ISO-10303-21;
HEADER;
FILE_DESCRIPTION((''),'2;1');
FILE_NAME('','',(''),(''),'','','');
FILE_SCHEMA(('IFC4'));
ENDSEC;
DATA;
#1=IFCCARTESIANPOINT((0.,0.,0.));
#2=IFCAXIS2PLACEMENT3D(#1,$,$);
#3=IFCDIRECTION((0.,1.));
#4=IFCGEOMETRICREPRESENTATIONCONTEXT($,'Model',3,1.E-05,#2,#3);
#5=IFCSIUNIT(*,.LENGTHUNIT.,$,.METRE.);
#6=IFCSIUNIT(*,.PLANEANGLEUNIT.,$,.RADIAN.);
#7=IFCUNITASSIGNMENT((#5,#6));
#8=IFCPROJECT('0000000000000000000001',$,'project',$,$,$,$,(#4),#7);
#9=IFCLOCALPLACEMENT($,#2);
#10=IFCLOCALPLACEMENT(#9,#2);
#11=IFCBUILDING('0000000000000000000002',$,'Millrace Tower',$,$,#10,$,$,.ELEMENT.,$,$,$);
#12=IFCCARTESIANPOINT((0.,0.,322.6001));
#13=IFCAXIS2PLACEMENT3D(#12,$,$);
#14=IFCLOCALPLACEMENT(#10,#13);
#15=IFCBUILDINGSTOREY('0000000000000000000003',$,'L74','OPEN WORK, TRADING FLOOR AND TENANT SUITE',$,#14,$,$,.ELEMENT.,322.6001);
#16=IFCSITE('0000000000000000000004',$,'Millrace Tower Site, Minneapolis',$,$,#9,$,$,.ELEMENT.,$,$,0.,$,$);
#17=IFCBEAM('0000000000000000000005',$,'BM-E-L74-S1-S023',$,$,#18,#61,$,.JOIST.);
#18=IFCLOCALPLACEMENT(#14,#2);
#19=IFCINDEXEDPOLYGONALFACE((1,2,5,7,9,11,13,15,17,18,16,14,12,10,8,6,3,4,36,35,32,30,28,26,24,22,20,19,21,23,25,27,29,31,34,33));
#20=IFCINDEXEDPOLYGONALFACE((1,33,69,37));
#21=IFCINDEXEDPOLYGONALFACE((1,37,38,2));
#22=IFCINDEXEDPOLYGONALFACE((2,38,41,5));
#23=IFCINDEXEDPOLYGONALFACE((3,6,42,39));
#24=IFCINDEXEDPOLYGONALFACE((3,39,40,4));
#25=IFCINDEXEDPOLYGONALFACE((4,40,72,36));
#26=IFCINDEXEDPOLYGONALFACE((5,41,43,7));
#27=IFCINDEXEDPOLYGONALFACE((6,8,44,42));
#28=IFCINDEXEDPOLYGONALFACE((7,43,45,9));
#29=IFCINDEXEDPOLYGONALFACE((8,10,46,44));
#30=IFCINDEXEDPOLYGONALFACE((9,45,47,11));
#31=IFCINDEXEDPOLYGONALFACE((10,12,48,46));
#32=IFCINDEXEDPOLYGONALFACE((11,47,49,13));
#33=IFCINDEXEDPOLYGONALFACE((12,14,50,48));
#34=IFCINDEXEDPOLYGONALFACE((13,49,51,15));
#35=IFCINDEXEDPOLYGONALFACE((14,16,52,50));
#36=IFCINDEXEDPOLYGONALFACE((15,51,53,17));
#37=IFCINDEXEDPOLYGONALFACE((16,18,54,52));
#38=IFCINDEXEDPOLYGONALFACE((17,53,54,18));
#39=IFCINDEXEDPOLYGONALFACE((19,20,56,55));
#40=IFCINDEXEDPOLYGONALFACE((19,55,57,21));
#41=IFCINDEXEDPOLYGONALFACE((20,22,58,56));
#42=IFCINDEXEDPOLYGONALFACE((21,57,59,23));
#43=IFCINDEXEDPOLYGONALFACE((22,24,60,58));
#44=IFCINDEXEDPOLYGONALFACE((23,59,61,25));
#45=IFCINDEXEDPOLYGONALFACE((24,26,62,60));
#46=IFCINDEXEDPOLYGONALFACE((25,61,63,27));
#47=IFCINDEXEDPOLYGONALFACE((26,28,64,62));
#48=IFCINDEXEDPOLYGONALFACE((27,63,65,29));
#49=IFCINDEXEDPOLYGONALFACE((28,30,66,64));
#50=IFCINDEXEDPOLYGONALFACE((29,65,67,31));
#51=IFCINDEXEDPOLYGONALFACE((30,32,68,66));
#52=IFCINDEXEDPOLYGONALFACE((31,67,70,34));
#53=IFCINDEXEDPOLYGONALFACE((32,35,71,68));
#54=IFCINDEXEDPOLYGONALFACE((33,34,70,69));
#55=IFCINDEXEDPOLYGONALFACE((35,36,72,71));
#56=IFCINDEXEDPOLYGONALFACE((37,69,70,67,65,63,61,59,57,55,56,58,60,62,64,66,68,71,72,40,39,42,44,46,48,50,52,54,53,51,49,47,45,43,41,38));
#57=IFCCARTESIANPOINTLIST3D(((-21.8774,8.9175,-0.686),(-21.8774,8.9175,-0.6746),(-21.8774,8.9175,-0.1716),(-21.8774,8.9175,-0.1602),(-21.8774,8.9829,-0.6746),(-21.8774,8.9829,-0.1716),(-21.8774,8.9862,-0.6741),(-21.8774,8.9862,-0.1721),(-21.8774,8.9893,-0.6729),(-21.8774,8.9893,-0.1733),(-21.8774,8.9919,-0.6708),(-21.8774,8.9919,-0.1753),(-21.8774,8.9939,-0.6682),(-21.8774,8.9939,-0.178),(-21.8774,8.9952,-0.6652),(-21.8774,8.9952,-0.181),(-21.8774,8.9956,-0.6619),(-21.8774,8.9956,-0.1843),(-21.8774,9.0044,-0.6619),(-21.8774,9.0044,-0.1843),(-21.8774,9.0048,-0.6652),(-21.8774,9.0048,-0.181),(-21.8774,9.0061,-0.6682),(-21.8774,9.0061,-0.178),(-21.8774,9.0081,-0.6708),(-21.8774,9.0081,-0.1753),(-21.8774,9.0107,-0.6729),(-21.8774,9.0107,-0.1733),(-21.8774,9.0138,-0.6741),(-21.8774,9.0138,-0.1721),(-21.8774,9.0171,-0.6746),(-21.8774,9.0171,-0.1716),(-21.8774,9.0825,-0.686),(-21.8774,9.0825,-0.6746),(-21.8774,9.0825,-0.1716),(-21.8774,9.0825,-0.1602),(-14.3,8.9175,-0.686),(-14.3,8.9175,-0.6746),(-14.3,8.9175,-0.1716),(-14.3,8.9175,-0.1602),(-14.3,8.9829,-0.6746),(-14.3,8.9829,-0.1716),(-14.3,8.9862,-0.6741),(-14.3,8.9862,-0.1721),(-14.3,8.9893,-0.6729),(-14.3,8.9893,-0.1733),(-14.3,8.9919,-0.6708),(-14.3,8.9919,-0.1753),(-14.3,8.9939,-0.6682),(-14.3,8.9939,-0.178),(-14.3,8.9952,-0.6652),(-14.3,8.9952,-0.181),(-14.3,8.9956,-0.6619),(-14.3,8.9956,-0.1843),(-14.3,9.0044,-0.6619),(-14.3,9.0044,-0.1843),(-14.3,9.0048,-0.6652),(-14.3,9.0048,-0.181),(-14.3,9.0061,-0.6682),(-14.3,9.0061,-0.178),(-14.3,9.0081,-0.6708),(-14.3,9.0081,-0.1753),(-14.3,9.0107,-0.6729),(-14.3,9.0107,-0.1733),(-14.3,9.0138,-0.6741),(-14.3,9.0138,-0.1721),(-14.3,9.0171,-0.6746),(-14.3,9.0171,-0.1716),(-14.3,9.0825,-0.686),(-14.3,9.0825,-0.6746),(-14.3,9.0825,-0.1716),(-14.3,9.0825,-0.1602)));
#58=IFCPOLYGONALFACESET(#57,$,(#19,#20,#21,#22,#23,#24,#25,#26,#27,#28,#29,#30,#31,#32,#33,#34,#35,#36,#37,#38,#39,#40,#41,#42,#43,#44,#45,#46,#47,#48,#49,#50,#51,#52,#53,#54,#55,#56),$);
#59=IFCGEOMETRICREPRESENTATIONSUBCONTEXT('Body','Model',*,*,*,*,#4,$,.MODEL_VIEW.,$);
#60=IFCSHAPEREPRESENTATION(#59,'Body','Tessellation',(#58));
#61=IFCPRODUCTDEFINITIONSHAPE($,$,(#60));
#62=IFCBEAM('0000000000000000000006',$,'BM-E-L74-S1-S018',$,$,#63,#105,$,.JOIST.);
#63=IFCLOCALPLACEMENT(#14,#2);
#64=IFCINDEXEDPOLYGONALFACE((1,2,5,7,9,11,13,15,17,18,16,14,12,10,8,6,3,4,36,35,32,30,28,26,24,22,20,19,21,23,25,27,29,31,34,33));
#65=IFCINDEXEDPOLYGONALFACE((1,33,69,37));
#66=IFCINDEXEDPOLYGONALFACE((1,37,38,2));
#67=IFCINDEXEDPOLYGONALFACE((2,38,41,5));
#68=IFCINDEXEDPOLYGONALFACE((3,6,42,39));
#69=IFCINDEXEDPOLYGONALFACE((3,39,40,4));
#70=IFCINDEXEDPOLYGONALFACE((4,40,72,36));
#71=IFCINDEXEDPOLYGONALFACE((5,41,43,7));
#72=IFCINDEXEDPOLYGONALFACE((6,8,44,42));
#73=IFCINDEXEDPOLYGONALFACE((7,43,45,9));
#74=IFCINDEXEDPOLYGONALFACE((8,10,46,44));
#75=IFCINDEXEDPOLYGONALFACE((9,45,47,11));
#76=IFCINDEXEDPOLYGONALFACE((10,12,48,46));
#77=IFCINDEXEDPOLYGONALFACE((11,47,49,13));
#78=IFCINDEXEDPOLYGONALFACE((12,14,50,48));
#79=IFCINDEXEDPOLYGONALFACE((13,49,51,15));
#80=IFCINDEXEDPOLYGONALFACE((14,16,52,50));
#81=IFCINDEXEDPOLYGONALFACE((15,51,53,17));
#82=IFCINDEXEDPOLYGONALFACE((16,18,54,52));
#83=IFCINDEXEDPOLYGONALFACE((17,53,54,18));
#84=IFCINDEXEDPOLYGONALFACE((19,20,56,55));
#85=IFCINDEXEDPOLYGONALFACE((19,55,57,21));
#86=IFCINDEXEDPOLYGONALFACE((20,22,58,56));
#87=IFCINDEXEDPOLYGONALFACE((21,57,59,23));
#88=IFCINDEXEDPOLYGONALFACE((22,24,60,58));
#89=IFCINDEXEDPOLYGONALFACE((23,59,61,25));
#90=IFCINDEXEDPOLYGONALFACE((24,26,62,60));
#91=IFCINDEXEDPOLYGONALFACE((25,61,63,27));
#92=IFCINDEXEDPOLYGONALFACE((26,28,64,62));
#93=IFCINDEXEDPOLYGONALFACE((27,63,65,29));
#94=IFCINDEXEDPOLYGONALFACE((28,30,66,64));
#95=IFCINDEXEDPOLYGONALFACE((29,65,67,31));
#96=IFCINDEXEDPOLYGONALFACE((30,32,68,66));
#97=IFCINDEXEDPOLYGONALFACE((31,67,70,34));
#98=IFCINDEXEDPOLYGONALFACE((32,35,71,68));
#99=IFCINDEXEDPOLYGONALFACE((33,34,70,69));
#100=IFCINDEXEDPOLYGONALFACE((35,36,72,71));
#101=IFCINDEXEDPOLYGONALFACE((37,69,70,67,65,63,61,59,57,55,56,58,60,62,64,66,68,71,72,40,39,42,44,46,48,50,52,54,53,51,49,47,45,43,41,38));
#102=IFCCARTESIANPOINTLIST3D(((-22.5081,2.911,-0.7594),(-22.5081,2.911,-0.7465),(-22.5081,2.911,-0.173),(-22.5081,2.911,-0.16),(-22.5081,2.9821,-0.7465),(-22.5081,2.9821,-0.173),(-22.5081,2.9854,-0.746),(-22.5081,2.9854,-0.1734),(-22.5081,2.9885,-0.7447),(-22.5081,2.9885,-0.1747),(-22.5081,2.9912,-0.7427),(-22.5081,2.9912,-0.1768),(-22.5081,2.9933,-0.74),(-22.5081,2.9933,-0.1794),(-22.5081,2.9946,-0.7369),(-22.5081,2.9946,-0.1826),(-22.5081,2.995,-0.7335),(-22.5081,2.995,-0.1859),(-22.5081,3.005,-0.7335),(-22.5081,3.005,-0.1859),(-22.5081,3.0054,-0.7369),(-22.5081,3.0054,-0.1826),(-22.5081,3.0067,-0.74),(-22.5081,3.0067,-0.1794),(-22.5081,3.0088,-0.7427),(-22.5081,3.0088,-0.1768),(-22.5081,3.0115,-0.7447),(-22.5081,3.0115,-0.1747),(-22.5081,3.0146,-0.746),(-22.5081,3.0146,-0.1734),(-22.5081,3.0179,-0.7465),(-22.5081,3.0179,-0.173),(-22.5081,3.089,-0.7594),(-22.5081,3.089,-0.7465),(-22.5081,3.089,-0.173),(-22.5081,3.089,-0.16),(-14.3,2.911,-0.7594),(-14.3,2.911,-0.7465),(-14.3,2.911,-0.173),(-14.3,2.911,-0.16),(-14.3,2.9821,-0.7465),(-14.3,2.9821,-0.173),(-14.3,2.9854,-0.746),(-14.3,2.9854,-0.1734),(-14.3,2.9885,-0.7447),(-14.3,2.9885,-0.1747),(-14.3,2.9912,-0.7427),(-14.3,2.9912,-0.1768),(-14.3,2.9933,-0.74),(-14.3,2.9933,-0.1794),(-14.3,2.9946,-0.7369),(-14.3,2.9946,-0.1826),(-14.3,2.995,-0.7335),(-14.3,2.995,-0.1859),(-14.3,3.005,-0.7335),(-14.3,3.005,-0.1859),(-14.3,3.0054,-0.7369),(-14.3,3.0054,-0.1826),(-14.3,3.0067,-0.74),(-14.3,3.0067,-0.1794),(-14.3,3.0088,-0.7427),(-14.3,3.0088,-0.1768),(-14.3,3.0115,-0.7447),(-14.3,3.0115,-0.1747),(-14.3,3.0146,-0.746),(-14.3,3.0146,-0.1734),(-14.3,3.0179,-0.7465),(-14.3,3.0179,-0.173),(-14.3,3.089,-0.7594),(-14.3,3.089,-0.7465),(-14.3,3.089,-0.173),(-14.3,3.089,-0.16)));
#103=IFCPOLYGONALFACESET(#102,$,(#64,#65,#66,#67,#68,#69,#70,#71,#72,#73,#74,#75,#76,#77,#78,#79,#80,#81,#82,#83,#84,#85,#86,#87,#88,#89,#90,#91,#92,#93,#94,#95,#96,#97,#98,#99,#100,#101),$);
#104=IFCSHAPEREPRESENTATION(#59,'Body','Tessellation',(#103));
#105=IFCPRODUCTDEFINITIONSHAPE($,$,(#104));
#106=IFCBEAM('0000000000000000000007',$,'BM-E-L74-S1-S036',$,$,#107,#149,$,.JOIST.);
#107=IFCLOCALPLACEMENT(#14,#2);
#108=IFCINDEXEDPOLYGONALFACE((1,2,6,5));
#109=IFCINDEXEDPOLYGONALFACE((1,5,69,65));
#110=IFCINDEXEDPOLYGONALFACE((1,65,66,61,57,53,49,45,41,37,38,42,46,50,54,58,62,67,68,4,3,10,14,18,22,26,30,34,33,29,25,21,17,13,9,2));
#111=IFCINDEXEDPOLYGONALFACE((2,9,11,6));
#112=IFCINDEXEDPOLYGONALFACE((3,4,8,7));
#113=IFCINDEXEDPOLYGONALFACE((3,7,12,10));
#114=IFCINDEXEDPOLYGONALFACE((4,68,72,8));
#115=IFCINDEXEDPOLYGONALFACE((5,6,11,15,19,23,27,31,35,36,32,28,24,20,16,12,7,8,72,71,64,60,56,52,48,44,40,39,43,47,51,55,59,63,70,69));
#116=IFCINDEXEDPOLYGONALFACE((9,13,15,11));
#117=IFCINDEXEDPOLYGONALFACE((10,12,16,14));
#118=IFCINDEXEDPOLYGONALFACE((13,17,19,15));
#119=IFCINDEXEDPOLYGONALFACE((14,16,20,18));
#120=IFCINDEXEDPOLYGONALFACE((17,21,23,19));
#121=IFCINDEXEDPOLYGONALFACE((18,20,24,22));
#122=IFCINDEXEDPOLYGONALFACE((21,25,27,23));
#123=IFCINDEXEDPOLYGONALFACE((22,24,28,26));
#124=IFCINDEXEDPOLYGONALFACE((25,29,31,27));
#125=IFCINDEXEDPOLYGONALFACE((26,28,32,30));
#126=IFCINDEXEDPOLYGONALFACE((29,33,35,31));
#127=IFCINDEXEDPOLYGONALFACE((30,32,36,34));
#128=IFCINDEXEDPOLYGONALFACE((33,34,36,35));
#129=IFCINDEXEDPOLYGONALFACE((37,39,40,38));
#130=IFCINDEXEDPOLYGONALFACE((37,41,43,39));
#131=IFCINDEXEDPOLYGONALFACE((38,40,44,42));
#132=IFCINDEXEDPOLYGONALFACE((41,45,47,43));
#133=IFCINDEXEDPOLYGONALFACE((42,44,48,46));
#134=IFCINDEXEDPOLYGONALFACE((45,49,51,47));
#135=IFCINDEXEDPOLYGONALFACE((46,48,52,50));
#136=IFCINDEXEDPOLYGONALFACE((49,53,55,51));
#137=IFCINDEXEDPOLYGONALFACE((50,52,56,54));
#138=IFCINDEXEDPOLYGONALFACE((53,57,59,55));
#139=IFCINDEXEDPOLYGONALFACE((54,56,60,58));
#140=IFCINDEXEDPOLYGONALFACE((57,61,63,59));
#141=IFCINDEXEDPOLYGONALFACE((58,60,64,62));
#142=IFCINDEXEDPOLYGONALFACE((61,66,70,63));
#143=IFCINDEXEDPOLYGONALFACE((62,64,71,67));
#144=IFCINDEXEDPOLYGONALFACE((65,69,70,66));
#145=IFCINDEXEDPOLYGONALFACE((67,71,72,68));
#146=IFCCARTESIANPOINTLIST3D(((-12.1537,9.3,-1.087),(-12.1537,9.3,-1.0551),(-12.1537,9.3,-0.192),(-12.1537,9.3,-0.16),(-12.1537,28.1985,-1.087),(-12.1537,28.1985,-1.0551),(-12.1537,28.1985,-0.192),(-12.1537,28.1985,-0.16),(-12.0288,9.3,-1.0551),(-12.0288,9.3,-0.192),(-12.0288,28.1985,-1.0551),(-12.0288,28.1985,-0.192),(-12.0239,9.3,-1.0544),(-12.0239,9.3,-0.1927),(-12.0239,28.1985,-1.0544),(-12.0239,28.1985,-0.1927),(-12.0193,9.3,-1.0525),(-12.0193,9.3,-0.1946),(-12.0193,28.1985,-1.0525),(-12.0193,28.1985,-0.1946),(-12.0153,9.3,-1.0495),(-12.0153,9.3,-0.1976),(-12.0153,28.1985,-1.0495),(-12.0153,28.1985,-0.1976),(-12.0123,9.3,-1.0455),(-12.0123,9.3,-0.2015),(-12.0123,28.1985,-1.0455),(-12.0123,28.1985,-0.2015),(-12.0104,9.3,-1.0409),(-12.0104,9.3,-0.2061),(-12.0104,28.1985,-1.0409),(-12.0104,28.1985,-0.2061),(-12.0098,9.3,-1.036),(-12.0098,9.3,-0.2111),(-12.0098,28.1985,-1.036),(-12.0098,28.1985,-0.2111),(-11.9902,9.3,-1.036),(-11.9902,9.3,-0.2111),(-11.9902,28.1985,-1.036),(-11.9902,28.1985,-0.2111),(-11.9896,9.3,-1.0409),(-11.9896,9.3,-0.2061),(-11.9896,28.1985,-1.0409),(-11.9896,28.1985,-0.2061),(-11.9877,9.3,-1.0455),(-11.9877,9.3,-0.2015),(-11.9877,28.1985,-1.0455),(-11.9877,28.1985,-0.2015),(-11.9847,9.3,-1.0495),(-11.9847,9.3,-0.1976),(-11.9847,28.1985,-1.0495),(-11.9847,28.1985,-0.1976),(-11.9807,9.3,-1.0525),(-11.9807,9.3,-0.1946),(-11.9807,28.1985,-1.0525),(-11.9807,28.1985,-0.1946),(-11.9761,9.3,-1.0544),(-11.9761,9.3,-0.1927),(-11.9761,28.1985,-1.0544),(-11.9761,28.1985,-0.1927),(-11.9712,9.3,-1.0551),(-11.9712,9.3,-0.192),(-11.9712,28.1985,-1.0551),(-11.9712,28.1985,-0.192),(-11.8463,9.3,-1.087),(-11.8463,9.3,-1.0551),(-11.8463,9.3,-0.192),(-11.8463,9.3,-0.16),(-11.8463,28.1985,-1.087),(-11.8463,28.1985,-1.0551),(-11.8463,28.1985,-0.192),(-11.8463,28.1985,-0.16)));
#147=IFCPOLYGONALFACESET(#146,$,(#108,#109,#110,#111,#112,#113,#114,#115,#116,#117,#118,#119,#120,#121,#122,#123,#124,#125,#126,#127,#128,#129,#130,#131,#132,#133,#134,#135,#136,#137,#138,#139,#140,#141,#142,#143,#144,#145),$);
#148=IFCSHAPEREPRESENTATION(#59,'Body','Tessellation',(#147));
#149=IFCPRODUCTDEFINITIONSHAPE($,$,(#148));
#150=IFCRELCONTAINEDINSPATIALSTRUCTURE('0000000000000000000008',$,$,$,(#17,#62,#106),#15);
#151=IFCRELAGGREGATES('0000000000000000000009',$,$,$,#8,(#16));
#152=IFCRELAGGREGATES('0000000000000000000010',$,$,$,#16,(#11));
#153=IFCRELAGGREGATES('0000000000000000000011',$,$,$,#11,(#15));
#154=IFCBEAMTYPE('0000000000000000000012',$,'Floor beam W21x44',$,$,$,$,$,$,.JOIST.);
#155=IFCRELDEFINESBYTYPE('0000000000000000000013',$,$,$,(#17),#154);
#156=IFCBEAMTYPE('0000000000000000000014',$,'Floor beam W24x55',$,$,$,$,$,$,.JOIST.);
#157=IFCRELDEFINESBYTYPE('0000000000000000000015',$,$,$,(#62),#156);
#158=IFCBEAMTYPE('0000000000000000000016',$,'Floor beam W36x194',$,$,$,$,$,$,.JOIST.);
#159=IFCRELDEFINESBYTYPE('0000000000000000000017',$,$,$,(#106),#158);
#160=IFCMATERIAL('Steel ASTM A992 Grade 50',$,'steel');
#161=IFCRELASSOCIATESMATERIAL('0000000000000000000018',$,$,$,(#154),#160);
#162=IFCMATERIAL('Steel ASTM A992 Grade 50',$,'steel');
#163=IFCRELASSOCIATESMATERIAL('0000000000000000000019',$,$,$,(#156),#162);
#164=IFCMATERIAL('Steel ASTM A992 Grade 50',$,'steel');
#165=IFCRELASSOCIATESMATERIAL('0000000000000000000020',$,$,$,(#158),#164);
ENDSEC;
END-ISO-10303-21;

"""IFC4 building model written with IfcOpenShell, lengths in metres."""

from ifc_helpers import new_model, si_unit, direction, frame, origin, origin_2d, place, context, subcontext, project, spatial, i_section, extrude, material, material_profile, profile_set, type_object, element, save


model = new_model("IFC4")

# Units and contexts
model_context = context("Model", 3, precision=1e-05, world=origin(), true_north=direction((0.0, 1.0)))
body_context = subcontext(model_context, "Body", "Model", "MODEL_VIEW")
ifc_project = project(units=[si_unit("LENGTHUNIT", "METRE"), si_unit("PLANEANGLEUNIT", "RADIAN")], contexts=[model_context])

# Site, building, storey
site_placement = place(None, origin())
site = spatial("IfcSite", under=ifc_project, at=site_placement, Name="Millrace Tower Site, Minneapolis", CompositionType="ELEMENT", RefElevation=0.0)
building_placement = place(site_placement, origin())
building = spatial("IfcBuilding", under=site, at=building_placement, Name="Millrace Tower", CompositionType="ELEMENT")
storey_placement = place(building_placement, frame((0.0, 0.0, 322.6001)))
storey = spatial("IfcBuildingStorey", under=building, at=storey_placement, Name="L74", Description="OPEN WORK, TRADING FLOOR AND TENANT SUITE", CompositionType="ELEMENT", Elevation=322.6001)

# Beams
ifc_material_1 = material(Name="Steel ASTM A992 Grade 50", Category="steel")
ifc_material_profile_1 = material_profile(ifc_material_1, i_section(OverallWidth=0.165, OverallDepth=0.5259, WebThickness=0.0088, FlangeThickness=0.0115, FilletRadius=0.0127, at=origin_2d()))
ifc_profile_set_1 = profile_set([ifc_material_profile_1], Name="Steel ASTM A992 Grade 50")
beam_type_1 = type_object("IfcBeamType", Name="Floor beam W21x44", PredefinedType="JOIST", material=ifc_profile_set_1)
beam_1_placement = place(storey_placement, frame((-21.8774, 9.0, -0.4231), z_axis=(1.0, 0.0, 0.0), x_axis=(0.0, 1.0, 0.0)))
element("IfcBeam", 1, at=beam_1_placement, inside=storey, type_object=beam_type_1, Name="BM-E-L74-S1-S023", PredefinedType="JOIST", context=body_context, shape_type="SweptSolid", body=[
    extrude(i_section(OverallWidth=0.165, OverallDepth=0.5259, WebThickness=0.0088, FlangeThickness=0.0115, FilletRadius=0.0127, at=origin_2d()), origin(), (0.0, 0.0, 1.0), 7.5774),
])
ifc_material_2 = material(Name="Steel ASTM A992 Grade 50", Category="steel")
ifc_material_profile_2 = material_profile(ifc_material_2, i_section(OverallWidth=0.178, OverallDepth=0.5994, WebThickness=0.01, FlangeThickness=0.0129, FilletRadius=0.0129, at=origin_2d()))
ifc_profile_set_2 = profile_set([ifc_material_profile_2], Name="Steel ASTM A992 Grade 50")
beam_type_2 = type_object("IfcBeamType", Name="Floor beam W24x55", PredefinedType="JOIST", material=ifc_profile_set_2)
beam_2_placement = place(storey_placement, frame((-22.5081, 3.0, -0.4597), z_axis=(1.0, 0.0, 0.0), x_axis=(0.0, 1.0, 0.0)))
element("IfcBeam", 2, at=beam_2_placement, inside=storey, type_object=beam_type_2, Name="BM-E-L74-S1-S018", PredefinedType="JOIST", context=body_context, shape_type="SweptSolid", body=[
    extrude(i_section(OverallWidth=0.178, OverallDepth=0.5994, WebThickness=0.01, FlangeThickness=0.0129, FilletRadius=0.0129, at=origin_2d()), origin(), (0.0, 0.0, 1.0), 8.208),
])
ifc_material_3 = material(Name="Steel ASTM A992 Grade 50", Category="steel")
ifc_material_profile_3 = material_profile(ifc_material_3, i_section(OverallWidth=0.3074, OverallDepth=0.927, WebThickness=0.0195, FlangeThickness=0.032, FilletRadius=0.019, at=origin_2d()))
ifc_profile_set_3 = profile_set([ifc_material_profile_3], Name="Steel ASTM A992 Grade 50")
beam_type_3 = type_object("IfcBeamType", Name="Floor beam W36x194", PredefinedType="JOIST", material=ifc_profile_set_3)
beam_3_placement = place(storey_placement, frame((-12.0, 9.3, -0.6235), z_axis=(0.0, 1.0, 0.0), x_axis=(-1.0, 0.0, 0.0)))
element("IfcBeam", 3, at=beam_3_placement, inside=storey, type_object=beam_type_3, Name="BM-E-L74-S1-S036", PredefinedType="JOIST", context=body_context, shape_type="SweptSolid", body=[
    extrude(i_section(OverallWidth=0.3074, OverallDepth=0.927, WebThickness=0.0195, FlangeThickness=0.032, FilletRadius=0.019, at=origin_2d()), origin(), (0.0, 0.0, 1.0), 18.8984),
])

save(model, "model.ifc")
